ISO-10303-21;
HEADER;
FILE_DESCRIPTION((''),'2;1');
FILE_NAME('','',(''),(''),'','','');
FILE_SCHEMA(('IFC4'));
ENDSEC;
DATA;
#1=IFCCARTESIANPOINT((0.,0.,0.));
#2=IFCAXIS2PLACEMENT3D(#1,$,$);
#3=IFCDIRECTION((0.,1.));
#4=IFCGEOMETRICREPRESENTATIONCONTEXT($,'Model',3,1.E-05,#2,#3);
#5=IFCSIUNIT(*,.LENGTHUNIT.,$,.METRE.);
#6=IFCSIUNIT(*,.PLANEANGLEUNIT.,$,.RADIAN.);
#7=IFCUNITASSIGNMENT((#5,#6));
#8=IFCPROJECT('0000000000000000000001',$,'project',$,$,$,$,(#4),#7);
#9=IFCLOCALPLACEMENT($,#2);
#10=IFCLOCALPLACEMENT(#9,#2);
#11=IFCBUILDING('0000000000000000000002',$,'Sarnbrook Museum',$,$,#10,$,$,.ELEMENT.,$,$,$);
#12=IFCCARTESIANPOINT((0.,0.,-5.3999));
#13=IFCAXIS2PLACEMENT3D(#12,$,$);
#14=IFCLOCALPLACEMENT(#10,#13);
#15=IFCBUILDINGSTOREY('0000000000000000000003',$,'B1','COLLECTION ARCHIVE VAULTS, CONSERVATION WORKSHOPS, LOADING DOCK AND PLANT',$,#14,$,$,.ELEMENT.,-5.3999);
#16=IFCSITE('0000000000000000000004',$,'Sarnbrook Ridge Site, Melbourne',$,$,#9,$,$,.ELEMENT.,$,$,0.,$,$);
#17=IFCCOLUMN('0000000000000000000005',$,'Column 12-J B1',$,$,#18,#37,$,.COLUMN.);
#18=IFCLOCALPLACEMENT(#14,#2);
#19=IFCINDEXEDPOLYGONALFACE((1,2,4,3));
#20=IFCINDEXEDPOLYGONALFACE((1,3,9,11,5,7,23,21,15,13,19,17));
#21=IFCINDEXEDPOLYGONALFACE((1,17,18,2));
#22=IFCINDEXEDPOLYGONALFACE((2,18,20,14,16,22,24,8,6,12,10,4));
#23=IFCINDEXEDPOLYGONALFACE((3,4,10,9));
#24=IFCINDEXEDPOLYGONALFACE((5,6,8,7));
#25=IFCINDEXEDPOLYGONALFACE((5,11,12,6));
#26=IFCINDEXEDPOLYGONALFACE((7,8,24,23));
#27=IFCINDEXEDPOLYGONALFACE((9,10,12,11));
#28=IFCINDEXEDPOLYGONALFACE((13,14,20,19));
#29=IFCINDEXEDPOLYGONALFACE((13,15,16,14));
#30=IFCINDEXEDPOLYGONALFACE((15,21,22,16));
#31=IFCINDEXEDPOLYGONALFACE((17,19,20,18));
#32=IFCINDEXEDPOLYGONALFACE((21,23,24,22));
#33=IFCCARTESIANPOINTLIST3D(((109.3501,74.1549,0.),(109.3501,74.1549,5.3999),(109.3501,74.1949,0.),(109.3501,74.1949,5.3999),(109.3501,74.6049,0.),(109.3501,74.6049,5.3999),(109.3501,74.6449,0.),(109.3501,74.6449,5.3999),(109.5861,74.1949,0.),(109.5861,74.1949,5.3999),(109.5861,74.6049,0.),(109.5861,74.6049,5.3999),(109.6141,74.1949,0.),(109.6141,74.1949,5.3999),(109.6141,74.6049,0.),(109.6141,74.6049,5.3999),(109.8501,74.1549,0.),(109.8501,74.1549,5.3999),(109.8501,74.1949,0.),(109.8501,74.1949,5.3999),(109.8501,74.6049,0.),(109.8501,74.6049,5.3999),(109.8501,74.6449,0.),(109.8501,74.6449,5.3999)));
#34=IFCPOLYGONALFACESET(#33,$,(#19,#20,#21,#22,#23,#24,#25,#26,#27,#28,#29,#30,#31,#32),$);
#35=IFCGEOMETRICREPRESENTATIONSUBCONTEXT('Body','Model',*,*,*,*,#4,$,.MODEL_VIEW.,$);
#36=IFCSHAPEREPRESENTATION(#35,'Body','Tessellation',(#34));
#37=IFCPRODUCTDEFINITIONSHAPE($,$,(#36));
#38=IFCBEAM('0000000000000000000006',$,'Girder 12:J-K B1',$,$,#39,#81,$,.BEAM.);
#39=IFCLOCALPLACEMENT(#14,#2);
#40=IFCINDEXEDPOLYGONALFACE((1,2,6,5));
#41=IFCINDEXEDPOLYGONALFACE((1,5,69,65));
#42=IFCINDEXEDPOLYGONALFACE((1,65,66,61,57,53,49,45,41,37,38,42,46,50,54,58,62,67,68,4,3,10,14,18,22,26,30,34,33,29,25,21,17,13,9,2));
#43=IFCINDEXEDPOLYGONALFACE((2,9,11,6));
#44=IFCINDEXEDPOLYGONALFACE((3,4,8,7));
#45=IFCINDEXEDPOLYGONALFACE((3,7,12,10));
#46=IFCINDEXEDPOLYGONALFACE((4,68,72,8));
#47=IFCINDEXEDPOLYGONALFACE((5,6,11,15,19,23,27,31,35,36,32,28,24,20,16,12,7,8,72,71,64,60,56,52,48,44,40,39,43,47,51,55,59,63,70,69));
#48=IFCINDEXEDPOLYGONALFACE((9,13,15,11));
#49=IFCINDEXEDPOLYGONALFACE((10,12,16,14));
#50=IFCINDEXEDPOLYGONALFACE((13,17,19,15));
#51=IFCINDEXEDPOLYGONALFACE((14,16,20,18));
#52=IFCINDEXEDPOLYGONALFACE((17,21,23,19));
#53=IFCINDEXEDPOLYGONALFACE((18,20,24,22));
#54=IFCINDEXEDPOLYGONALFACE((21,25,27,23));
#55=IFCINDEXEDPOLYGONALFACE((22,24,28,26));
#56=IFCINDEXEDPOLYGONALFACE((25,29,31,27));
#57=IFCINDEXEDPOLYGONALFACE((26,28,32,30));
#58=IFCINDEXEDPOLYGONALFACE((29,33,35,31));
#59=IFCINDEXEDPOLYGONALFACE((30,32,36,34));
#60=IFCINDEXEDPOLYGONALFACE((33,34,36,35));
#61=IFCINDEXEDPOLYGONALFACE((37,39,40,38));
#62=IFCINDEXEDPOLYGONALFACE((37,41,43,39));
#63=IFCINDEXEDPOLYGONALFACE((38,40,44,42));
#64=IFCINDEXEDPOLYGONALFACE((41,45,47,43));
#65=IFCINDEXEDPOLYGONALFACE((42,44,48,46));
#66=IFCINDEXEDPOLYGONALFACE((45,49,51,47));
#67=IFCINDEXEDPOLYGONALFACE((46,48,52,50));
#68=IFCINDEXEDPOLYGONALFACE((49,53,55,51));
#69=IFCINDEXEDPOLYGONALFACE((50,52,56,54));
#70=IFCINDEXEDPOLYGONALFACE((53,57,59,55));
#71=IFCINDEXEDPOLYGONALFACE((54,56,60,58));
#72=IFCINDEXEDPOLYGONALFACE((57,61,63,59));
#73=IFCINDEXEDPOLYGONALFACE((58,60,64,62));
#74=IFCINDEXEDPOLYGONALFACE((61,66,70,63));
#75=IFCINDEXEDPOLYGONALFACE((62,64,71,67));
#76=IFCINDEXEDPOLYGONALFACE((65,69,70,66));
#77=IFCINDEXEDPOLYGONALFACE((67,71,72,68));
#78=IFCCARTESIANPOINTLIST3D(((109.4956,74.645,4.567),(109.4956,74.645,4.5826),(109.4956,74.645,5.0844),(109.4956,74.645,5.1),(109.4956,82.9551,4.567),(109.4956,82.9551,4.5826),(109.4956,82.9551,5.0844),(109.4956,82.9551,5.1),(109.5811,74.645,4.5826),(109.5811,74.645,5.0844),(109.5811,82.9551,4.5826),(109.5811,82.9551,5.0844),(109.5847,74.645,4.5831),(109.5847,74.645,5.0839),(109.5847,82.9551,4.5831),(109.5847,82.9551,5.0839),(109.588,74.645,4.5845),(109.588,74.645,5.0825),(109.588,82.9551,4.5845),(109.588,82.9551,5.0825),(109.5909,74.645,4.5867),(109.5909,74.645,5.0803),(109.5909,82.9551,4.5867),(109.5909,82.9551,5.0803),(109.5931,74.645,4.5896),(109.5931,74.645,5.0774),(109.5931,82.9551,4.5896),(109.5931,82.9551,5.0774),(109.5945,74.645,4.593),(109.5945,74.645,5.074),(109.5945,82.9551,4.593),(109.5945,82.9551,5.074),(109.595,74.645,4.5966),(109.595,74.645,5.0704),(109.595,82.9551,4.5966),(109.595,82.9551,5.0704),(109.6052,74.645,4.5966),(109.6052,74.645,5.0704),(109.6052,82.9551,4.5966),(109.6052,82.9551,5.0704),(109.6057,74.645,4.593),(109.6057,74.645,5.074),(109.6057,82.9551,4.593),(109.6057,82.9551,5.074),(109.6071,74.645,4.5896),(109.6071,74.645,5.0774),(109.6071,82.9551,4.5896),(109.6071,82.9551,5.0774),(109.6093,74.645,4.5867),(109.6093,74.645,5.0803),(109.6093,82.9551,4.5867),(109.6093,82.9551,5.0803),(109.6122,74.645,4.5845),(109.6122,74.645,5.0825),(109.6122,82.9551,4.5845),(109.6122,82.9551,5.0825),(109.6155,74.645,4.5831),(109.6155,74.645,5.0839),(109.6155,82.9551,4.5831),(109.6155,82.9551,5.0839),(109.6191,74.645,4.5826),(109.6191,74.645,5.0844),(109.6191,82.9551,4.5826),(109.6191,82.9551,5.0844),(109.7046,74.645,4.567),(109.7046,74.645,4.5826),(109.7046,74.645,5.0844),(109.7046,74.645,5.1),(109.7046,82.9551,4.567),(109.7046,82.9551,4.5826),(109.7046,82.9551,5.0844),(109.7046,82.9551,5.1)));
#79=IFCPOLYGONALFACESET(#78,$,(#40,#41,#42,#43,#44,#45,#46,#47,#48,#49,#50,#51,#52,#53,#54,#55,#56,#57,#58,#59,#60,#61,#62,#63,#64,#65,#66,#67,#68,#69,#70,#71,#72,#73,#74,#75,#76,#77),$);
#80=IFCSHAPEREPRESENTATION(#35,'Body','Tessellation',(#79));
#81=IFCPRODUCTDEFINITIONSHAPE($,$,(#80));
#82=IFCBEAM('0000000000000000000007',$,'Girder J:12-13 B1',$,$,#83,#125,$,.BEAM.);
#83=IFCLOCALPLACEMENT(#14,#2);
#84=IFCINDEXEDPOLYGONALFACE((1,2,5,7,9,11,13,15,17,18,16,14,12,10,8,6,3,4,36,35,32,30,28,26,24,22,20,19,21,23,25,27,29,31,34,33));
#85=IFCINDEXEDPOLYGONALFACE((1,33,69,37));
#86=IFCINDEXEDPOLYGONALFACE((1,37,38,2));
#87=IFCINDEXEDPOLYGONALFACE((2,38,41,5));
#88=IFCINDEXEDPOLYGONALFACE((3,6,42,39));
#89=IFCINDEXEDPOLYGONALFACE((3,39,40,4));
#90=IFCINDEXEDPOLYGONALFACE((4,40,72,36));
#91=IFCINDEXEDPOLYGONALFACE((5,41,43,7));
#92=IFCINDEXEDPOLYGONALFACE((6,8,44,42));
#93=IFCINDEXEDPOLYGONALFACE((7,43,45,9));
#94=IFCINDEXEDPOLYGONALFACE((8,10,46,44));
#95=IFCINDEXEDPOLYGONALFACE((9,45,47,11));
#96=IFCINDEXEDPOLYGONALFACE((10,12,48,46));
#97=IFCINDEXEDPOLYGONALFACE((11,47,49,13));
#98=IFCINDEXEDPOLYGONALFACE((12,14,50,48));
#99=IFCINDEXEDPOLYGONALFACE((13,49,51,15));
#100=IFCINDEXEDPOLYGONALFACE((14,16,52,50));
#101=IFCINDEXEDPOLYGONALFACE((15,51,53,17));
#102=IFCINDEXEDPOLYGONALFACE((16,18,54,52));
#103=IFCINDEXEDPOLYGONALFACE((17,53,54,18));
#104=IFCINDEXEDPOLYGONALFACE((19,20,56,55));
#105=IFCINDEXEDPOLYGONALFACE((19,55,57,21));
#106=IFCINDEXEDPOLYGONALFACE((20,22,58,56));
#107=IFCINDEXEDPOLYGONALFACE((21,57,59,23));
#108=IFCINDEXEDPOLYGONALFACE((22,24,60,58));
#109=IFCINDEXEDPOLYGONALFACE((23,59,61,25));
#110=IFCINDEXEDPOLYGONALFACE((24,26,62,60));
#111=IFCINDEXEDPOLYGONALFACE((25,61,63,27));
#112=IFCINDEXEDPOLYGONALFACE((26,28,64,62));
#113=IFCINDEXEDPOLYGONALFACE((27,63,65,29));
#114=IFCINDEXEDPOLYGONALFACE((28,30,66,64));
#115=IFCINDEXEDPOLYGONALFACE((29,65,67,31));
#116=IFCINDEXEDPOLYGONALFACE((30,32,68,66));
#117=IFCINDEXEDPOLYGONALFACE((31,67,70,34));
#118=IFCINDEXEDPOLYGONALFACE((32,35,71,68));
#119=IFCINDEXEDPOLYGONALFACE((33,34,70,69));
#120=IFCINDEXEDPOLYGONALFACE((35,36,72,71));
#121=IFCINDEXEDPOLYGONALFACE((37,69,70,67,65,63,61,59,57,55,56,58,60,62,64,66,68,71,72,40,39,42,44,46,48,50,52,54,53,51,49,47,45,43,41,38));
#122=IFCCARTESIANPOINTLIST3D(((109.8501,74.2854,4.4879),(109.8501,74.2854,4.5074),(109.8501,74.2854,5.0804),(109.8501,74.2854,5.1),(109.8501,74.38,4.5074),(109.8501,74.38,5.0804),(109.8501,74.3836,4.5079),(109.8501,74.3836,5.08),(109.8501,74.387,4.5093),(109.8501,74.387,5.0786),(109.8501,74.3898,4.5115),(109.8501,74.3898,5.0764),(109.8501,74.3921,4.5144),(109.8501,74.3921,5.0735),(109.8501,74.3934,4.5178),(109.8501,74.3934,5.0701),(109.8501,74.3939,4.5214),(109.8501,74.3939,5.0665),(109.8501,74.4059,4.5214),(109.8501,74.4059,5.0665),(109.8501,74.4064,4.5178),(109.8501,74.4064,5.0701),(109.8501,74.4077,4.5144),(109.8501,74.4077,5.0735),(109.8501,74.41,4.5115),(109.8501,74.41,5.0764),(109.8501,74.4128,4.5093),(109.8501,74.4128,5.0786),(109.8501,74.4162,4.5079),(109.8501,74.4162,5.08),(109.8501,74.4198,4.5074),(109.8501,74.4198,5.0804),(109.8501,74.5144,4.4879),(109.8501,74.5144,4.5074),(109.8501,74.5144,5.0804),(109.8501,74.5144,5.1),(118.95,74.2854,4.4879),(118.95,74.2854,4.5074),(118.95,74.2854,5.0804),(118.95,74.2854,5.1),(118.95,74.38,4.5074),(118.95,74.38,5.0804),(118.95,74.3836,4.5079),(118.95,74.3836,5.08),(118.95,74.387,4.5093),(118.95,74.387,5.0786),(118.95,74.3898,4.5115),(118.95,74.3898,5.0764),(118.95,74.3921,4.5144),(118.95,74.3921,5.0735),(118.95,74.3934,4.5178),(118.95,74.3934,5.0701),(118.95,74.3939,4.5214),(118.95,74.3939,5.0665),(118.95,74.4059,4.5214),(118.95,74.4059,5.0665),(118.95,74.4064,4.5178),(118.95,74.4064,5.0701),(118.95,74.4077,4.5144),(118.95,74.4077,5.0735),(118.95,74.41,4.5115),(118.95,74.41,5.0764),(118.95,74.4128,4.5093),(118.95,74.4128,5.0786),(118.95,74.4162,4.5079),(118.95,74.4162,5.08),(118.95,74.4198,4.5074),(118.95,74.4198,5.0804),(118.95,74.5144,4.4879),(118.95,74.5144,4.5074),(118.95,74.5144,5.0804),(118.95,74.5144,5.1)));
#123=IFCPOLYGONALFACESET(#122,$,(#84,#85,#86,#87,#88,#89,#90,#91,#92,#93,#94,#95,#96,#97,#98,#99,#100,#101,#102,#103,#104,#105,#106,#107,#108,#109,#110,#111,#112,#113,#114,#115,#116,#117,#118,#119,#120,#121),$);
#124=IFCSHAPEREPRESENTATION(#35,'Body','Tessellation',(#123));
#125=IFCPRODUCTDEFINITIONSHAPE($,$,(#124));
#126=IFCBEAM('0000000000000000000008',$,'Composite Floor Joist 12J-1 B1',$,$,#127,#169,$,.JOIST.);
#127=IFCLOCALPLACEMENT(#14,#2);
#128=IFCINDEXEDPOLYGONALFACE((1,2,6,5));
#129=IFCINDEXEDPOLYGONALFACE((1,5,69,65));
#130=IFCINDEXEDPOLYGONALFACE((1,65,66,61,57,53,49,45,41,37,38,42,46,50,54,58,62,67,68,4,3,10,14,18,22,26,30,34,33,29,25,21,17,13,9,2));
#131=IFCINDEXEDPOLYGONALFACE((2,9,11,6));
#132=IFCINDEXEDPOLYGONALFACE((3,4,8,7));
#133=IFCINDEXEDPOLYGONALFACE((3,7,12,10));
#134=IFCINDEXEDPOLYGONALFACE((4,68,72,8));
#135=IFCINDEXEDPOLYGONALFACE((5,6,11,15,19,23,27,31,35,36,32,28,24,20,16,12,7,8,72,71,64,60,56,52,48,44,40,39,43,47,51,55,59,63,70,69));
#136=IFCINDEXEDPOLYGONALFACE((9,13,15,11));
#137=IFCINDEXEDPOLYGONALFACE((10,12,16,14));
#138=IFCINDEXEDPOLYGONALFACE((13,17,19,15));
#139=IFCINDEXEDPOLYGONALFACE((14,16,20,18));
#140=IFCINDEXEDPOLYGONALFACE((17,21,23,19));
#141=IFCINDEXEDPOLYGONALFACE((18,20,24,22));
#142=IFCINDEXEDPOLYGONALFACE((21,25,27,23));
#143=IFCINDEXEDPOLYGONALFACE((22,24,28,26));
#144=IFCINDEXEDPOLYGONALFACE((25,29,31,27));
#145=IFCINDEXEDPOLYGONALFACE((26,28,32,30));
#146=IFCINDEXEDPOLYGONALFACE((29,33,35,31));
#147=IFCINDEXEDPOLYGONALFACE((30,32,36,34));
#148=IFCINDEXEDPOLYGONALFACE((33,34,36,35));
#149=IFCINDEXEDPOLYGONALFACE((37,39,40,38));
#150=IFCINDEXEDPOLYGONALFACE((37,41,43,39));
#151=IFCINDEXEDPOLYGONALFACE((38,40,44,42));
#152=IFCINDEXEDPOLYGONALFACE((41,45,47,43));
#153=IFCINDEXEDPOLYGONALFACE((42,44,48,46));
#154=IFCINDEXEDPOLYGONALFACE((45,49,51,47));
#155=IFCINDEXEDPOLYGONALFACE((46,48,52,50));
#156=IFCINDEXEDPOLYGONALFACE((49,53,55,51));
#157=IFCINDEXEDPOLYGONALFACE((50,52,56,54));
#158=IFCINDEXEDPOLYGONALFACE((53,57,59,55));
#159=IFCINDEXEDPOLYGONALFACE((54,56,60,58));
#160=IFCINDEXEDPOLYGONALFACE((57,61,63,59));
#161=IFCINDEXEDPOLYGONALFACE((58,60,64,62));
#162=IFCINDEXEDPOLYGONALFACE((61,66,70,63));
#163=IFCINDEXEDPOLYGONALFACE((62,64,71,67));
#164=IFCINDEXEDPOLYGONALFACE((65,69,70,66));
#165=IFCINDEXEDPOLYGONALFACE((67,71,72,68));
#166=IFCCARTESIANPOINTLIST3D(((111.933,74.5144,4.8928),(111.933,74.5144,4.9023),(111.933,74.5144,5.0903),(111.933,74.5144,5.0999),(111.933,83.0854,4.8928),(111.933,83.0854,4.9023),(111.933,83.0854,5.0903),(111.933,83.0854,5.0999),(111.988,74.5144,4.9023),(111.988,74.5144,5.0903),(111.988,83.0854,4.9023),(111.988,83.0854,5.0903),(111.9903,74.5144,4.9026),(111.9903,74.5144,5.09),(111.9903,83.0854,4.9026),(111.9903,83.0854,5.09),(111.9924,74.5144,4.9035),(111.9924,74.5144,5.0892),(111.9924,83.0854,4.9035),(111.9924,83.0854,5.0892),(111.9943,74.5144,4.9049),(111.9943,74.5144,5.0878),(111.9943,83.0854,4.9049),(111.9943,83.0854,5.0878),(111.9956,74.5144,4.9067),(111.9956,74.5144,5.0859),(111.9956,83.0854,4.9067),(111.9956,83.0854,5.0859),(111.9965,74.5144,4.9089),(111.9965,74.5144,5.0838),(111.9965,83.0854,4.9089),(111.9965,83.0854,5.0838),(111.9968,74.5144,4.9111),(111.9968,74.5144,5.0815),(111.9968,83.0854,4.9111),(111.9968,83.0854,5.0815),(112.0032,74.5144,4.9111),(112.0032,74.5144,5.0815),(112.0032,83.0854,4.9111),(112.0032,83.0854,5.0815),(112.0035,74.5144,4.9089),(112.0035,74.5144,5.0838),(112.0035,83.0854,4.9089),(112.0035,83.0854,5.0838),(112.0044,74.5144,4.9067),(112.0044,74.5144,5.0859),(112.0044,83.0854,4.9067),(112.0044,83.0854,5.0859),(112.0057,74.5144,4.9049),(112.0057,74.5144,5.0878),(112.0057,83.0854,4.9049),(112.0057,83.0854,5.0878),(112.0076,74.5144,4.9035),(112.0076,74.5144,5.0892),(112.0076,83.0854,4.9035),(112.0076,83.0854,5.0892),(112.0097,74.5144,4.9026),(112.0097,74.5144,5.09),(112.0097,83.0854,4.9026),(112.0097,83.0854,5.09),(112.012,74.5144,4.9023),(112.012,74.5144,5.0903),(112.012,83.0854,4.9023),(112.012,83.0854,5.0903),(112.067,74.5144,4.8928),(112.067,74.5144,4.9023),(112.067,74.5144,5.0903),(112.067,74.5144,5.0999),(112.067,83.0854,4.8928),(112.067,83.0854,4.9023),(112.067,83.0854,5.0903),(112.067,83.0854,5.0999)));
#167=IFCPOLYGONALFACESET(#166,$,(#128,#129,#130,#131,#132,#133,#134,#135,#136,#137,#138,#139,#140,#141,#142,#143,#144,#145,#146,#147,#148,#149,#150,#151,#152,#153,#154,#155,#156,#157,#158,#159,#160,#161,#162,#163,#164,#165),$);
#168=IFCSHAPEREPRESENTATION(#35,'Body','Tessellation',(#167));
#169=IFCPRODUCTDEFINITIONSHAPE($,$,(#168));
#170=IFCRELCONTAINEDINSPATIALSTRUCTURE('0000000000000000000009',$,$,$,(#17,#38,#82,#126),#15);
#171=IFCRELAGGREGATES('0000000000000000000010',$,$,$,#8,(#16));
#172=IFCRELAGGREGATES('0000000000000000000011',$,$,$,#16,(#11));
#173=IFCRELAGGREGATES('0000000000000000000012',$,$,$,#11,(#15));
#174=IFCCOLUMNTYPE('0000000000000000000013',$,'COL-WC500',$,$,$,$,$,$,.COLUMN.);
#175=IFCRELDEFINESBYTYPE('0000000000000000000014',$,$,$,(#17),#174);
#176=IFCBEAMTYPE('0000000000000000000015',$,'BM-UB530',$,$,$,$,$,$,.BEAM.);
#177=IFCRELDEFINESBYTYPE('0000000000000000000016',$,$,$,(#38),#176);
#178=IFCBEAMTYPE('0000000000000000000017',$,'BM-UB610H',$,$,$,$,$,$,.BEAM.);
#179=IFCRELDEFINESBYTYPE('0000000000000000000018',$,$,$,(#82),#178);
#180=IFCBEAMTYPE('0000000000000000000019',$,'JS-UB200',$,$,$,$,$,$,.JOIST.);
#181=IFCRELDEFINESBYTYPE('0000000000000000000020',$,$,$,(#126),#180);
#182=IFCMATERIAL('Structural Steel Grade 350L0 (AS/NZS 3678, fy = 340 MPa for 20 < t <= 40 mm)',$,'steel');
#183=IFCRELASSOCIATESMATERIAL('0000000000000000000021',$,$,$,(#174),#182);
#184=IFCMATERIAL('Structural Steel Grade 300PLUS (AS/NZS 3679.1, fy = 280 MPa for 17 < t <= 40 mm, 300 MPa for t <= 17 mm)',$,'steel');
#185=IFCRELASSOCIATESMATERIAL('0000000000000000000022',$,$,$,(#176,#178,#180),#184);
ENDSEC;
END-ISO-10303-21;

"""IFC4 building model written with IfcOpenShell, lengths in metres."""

from ifc_helpers import new_model, si_unit, direction, frame, origin, origin_2d, place, context, subcontext, project, spatial, i_section, extrude, material, material_profile, profile_set, type_object, element, save


model = new_model("IFC4")

# Units and contexts
model_context = context("Model", 3, precision=1e-05, world=origin(), true_north=direction((0.0, 1.0)))
body_context = subcontext(model_context, "Body", "Model", "MODEL_VIEW")
ifc_project = project(units=[si_unit("LENGTHUNIT", "METRE"), si_unit("PLANEANGLEUNIT", "RADIAN")], contexts=[model_context])

# Site, building, storey
site_placement = place(None, origin())
site = spatial("IfcSite", under=ifc_project, at=site_placement, Name="Sarnbrook Ridge Site, Melbourne", CompositionType="ELEMENT", RefElevation=0.0)
building_placement = place(site_placement, origin())
building = spatial("IfcBuilding", under=site, at=building_placement, Name="Sarnbrook Museum", CompositionType="ELEMENT")
storey_placement = place(building_placement, frame((0.0, 0.0, -5.3999)))
storey = spatial("IfcBuildingStorey", under=building, at=storey_placement, Name="B1", Description="COLLECTION ARCHIVE VAULTS, CONSERVATION WORKSHOPS, LOADING DOCK AND PLANT", CompositionType="ELEMENT", Elevation=-5.3999)

# Column
ifc_material_1 = material(Name="Structural Steel Grade 350L0 (AS/NZS 3678, fy = 340 MPa for 20 < t <= 40 mm)", Category="steel")
ifc_material_profile_1 = material_profile(ifc_material_1, i_section(OverallWidth=0.5, OverallDepth=0.49, WebThickness=0.0281, FlangeThickness=0.04, at=origin_2d()), Name="500WC340")
ifc_profile_set_1 = profile_set([ifc_material_profile_1], Name="Structural Steel Grade 350L0 (AS/NZS 3678, fy = 340 MPa for 20 < t <= 40 mm)")
column_type = type_object("IfcColumnType", Name="COL-WC500", PredefinedType="COLUMN", material=ifc_profile_set_1)
column_placement = place(storey_placement, frame((109.6001, 74.3999, 0.0), z_axis=(0.0, 0.0, 1.0), x_axis=(1.0, 0.0, 0.0)))
element("IfcColumn", 1, at=column_placement, inside=storey, type_object=column_type, Name="Column 12-J B1", PredefinedType="COLUMN", context=body_context, shape_type="SweptSolid", body=[
    extrude(i_section(OverallWidth=0.5, OverallDepth=0.49, WebThickness=0.0281, FlangeThickness=0.04, at=origin_2d()), origin(), (0.0, 0.0, 1.0), 5.3999),
])

# Beams
ifc_material_2 = material(Name="Structural Steel Grade 300PLUS (AS/NZS 3679.1, fy = 280 MPa for 17 < t <= 40 mm, 300 MPa for t <= 17 mm)", Category="steel")
ifc_material_profile_2 = material_profile(ifc_material_2, i_section(OverallWidth=0.209, OverallDepth=0.533, WebThickness=0.0103, FlangeThickness=0.0156, FilletRadius=0.0139, at=origin_2d()), Name="530UB92.4")
ifc_profile_set_2 = profile_set([ifc_material_profile_2], Name="Structural Steel Grade 300PLUS (AS/NZS 3679.1, fy = 280 MPa for 17 < t <= 40 mm, 300 MPa for t <= 17 mm)")
beam_type_1 = type_object("IfcBeamType", Name="BM-UB530", PredefinedType="BEAM", material=ifc_profile_set_2)
beam_1_placement = place(storey_placement, frame((109.6001, 74.645, 4.8335), z_axis=(0.0, 1.0, 0.0), x_axis=(-1.0, 0.0, 0.0)))
element("IfcBeam", 2, at=beam_1_placement, inside=storey, type_object=beam_type_1, Name="Girder 12:J-K B1", PredefinedType="BEAM", context=body_context, shape_type="SweptSolid", body=[
    extrude(i_section(OverallWidth=0.209, OverallDepth=0.533, WebThickness=0.0103, FlangeThickness=0.0156, FilletRadius=0.0139, at=origin_2d()), origin(), (0.0, 0.0, 1.0), 8.3101),
])
ifc_material_profile_3 = material_profile(ifc_material_2, i_section(OverallWidth=0.229, OverallDepth=0.6121, WebThickness=0.012, FlangeThickness=0.0195, FilletRadius=0.0139, at=origin_2d()), Name="610UB125")
ifc_profile_set_3 = profile_set([ifc_material_profile_3], Name="Structural Steel Grade 300PLUS (AS/NZS 3679.1, fy = 280 MPa for 17 < t <= 40 mm, 300 MPa for t <= 17 mm)")
beam_type_2 = type_object("IfcBeamType", Name="BM-UB610H", PredefinedType="BEAM", material=ifc_profile_set_3)
beam_2_placement = place(storey_placement, frame((109.8501, 74.3999, 4.7939), z_axis=(1.0, 0.0, 0.0), x_axis=(0.0, 1.0, 0.0)))
element("IfcBeam", 3, at=beam_2_placement, inside=storey, type_object=beam_type_2, Name="Girder J:12-13 B1", PredefinedType="BEAM", context=body_context, shape_type="SweptSolid", body=[
    extrude(i_section(OverallWidth=0.229, OverallDepth=0.6121, WebThickness=0.012, FlangeThickness=0.0195, FilletRadius=0.0139, at=origin_2d()), origin(), (0.0, 0.0, 1.0), 9.0999),
])
ifc_material_profile_4 = material_profile(ifc_material_2, i_section(OverallWidth=0.134, OverallDepth=0.207, WebThickness=0.0063, FlangeThickness=0.0095, FilletRadius=0.0088, at=origin_2d()), Name="200UB29.8")
ifc_profile_set_4 = profile_set([ifc_material_profile_4], Name="Structural Steel Grade 300PLUS (AS/NZS 3679.1, fy = 280 MPa for 17 < t <= 40 mm, 300 MPa for t <= 17 mm)")
beam_type_3 = type_object("IfcBeamType", Name="JS-UB200", PredefinedType="JOIST", material=ifc_profile_set_4)
beam_3_placement = place(storey_placement, frame((112.0, 74.5144, 4.9963), z_axis=(0.0, 1.0, 0.0), x_axis=(-1.0, 0.0, 0.0)))
element("IfcBeam", 4, at=beam_3_placement, inside=storey, type_object=beam_type_3, Name="Composite Floor Joist 12J-1 B1", PredefinedType="JOIST", context=body_context, shape_type="SweptSolid", body=[
    extrude(i_section(OverallWidth=0.134, OverallDepth=0.207, WebThickness=0.0063, FlangeThickness=0.0095, FilletRadius=0.0088, at=origin_2d()), origin(), (0.0, 0.0, 1.0), 8.571),
])

save(model, "model.ifc")
